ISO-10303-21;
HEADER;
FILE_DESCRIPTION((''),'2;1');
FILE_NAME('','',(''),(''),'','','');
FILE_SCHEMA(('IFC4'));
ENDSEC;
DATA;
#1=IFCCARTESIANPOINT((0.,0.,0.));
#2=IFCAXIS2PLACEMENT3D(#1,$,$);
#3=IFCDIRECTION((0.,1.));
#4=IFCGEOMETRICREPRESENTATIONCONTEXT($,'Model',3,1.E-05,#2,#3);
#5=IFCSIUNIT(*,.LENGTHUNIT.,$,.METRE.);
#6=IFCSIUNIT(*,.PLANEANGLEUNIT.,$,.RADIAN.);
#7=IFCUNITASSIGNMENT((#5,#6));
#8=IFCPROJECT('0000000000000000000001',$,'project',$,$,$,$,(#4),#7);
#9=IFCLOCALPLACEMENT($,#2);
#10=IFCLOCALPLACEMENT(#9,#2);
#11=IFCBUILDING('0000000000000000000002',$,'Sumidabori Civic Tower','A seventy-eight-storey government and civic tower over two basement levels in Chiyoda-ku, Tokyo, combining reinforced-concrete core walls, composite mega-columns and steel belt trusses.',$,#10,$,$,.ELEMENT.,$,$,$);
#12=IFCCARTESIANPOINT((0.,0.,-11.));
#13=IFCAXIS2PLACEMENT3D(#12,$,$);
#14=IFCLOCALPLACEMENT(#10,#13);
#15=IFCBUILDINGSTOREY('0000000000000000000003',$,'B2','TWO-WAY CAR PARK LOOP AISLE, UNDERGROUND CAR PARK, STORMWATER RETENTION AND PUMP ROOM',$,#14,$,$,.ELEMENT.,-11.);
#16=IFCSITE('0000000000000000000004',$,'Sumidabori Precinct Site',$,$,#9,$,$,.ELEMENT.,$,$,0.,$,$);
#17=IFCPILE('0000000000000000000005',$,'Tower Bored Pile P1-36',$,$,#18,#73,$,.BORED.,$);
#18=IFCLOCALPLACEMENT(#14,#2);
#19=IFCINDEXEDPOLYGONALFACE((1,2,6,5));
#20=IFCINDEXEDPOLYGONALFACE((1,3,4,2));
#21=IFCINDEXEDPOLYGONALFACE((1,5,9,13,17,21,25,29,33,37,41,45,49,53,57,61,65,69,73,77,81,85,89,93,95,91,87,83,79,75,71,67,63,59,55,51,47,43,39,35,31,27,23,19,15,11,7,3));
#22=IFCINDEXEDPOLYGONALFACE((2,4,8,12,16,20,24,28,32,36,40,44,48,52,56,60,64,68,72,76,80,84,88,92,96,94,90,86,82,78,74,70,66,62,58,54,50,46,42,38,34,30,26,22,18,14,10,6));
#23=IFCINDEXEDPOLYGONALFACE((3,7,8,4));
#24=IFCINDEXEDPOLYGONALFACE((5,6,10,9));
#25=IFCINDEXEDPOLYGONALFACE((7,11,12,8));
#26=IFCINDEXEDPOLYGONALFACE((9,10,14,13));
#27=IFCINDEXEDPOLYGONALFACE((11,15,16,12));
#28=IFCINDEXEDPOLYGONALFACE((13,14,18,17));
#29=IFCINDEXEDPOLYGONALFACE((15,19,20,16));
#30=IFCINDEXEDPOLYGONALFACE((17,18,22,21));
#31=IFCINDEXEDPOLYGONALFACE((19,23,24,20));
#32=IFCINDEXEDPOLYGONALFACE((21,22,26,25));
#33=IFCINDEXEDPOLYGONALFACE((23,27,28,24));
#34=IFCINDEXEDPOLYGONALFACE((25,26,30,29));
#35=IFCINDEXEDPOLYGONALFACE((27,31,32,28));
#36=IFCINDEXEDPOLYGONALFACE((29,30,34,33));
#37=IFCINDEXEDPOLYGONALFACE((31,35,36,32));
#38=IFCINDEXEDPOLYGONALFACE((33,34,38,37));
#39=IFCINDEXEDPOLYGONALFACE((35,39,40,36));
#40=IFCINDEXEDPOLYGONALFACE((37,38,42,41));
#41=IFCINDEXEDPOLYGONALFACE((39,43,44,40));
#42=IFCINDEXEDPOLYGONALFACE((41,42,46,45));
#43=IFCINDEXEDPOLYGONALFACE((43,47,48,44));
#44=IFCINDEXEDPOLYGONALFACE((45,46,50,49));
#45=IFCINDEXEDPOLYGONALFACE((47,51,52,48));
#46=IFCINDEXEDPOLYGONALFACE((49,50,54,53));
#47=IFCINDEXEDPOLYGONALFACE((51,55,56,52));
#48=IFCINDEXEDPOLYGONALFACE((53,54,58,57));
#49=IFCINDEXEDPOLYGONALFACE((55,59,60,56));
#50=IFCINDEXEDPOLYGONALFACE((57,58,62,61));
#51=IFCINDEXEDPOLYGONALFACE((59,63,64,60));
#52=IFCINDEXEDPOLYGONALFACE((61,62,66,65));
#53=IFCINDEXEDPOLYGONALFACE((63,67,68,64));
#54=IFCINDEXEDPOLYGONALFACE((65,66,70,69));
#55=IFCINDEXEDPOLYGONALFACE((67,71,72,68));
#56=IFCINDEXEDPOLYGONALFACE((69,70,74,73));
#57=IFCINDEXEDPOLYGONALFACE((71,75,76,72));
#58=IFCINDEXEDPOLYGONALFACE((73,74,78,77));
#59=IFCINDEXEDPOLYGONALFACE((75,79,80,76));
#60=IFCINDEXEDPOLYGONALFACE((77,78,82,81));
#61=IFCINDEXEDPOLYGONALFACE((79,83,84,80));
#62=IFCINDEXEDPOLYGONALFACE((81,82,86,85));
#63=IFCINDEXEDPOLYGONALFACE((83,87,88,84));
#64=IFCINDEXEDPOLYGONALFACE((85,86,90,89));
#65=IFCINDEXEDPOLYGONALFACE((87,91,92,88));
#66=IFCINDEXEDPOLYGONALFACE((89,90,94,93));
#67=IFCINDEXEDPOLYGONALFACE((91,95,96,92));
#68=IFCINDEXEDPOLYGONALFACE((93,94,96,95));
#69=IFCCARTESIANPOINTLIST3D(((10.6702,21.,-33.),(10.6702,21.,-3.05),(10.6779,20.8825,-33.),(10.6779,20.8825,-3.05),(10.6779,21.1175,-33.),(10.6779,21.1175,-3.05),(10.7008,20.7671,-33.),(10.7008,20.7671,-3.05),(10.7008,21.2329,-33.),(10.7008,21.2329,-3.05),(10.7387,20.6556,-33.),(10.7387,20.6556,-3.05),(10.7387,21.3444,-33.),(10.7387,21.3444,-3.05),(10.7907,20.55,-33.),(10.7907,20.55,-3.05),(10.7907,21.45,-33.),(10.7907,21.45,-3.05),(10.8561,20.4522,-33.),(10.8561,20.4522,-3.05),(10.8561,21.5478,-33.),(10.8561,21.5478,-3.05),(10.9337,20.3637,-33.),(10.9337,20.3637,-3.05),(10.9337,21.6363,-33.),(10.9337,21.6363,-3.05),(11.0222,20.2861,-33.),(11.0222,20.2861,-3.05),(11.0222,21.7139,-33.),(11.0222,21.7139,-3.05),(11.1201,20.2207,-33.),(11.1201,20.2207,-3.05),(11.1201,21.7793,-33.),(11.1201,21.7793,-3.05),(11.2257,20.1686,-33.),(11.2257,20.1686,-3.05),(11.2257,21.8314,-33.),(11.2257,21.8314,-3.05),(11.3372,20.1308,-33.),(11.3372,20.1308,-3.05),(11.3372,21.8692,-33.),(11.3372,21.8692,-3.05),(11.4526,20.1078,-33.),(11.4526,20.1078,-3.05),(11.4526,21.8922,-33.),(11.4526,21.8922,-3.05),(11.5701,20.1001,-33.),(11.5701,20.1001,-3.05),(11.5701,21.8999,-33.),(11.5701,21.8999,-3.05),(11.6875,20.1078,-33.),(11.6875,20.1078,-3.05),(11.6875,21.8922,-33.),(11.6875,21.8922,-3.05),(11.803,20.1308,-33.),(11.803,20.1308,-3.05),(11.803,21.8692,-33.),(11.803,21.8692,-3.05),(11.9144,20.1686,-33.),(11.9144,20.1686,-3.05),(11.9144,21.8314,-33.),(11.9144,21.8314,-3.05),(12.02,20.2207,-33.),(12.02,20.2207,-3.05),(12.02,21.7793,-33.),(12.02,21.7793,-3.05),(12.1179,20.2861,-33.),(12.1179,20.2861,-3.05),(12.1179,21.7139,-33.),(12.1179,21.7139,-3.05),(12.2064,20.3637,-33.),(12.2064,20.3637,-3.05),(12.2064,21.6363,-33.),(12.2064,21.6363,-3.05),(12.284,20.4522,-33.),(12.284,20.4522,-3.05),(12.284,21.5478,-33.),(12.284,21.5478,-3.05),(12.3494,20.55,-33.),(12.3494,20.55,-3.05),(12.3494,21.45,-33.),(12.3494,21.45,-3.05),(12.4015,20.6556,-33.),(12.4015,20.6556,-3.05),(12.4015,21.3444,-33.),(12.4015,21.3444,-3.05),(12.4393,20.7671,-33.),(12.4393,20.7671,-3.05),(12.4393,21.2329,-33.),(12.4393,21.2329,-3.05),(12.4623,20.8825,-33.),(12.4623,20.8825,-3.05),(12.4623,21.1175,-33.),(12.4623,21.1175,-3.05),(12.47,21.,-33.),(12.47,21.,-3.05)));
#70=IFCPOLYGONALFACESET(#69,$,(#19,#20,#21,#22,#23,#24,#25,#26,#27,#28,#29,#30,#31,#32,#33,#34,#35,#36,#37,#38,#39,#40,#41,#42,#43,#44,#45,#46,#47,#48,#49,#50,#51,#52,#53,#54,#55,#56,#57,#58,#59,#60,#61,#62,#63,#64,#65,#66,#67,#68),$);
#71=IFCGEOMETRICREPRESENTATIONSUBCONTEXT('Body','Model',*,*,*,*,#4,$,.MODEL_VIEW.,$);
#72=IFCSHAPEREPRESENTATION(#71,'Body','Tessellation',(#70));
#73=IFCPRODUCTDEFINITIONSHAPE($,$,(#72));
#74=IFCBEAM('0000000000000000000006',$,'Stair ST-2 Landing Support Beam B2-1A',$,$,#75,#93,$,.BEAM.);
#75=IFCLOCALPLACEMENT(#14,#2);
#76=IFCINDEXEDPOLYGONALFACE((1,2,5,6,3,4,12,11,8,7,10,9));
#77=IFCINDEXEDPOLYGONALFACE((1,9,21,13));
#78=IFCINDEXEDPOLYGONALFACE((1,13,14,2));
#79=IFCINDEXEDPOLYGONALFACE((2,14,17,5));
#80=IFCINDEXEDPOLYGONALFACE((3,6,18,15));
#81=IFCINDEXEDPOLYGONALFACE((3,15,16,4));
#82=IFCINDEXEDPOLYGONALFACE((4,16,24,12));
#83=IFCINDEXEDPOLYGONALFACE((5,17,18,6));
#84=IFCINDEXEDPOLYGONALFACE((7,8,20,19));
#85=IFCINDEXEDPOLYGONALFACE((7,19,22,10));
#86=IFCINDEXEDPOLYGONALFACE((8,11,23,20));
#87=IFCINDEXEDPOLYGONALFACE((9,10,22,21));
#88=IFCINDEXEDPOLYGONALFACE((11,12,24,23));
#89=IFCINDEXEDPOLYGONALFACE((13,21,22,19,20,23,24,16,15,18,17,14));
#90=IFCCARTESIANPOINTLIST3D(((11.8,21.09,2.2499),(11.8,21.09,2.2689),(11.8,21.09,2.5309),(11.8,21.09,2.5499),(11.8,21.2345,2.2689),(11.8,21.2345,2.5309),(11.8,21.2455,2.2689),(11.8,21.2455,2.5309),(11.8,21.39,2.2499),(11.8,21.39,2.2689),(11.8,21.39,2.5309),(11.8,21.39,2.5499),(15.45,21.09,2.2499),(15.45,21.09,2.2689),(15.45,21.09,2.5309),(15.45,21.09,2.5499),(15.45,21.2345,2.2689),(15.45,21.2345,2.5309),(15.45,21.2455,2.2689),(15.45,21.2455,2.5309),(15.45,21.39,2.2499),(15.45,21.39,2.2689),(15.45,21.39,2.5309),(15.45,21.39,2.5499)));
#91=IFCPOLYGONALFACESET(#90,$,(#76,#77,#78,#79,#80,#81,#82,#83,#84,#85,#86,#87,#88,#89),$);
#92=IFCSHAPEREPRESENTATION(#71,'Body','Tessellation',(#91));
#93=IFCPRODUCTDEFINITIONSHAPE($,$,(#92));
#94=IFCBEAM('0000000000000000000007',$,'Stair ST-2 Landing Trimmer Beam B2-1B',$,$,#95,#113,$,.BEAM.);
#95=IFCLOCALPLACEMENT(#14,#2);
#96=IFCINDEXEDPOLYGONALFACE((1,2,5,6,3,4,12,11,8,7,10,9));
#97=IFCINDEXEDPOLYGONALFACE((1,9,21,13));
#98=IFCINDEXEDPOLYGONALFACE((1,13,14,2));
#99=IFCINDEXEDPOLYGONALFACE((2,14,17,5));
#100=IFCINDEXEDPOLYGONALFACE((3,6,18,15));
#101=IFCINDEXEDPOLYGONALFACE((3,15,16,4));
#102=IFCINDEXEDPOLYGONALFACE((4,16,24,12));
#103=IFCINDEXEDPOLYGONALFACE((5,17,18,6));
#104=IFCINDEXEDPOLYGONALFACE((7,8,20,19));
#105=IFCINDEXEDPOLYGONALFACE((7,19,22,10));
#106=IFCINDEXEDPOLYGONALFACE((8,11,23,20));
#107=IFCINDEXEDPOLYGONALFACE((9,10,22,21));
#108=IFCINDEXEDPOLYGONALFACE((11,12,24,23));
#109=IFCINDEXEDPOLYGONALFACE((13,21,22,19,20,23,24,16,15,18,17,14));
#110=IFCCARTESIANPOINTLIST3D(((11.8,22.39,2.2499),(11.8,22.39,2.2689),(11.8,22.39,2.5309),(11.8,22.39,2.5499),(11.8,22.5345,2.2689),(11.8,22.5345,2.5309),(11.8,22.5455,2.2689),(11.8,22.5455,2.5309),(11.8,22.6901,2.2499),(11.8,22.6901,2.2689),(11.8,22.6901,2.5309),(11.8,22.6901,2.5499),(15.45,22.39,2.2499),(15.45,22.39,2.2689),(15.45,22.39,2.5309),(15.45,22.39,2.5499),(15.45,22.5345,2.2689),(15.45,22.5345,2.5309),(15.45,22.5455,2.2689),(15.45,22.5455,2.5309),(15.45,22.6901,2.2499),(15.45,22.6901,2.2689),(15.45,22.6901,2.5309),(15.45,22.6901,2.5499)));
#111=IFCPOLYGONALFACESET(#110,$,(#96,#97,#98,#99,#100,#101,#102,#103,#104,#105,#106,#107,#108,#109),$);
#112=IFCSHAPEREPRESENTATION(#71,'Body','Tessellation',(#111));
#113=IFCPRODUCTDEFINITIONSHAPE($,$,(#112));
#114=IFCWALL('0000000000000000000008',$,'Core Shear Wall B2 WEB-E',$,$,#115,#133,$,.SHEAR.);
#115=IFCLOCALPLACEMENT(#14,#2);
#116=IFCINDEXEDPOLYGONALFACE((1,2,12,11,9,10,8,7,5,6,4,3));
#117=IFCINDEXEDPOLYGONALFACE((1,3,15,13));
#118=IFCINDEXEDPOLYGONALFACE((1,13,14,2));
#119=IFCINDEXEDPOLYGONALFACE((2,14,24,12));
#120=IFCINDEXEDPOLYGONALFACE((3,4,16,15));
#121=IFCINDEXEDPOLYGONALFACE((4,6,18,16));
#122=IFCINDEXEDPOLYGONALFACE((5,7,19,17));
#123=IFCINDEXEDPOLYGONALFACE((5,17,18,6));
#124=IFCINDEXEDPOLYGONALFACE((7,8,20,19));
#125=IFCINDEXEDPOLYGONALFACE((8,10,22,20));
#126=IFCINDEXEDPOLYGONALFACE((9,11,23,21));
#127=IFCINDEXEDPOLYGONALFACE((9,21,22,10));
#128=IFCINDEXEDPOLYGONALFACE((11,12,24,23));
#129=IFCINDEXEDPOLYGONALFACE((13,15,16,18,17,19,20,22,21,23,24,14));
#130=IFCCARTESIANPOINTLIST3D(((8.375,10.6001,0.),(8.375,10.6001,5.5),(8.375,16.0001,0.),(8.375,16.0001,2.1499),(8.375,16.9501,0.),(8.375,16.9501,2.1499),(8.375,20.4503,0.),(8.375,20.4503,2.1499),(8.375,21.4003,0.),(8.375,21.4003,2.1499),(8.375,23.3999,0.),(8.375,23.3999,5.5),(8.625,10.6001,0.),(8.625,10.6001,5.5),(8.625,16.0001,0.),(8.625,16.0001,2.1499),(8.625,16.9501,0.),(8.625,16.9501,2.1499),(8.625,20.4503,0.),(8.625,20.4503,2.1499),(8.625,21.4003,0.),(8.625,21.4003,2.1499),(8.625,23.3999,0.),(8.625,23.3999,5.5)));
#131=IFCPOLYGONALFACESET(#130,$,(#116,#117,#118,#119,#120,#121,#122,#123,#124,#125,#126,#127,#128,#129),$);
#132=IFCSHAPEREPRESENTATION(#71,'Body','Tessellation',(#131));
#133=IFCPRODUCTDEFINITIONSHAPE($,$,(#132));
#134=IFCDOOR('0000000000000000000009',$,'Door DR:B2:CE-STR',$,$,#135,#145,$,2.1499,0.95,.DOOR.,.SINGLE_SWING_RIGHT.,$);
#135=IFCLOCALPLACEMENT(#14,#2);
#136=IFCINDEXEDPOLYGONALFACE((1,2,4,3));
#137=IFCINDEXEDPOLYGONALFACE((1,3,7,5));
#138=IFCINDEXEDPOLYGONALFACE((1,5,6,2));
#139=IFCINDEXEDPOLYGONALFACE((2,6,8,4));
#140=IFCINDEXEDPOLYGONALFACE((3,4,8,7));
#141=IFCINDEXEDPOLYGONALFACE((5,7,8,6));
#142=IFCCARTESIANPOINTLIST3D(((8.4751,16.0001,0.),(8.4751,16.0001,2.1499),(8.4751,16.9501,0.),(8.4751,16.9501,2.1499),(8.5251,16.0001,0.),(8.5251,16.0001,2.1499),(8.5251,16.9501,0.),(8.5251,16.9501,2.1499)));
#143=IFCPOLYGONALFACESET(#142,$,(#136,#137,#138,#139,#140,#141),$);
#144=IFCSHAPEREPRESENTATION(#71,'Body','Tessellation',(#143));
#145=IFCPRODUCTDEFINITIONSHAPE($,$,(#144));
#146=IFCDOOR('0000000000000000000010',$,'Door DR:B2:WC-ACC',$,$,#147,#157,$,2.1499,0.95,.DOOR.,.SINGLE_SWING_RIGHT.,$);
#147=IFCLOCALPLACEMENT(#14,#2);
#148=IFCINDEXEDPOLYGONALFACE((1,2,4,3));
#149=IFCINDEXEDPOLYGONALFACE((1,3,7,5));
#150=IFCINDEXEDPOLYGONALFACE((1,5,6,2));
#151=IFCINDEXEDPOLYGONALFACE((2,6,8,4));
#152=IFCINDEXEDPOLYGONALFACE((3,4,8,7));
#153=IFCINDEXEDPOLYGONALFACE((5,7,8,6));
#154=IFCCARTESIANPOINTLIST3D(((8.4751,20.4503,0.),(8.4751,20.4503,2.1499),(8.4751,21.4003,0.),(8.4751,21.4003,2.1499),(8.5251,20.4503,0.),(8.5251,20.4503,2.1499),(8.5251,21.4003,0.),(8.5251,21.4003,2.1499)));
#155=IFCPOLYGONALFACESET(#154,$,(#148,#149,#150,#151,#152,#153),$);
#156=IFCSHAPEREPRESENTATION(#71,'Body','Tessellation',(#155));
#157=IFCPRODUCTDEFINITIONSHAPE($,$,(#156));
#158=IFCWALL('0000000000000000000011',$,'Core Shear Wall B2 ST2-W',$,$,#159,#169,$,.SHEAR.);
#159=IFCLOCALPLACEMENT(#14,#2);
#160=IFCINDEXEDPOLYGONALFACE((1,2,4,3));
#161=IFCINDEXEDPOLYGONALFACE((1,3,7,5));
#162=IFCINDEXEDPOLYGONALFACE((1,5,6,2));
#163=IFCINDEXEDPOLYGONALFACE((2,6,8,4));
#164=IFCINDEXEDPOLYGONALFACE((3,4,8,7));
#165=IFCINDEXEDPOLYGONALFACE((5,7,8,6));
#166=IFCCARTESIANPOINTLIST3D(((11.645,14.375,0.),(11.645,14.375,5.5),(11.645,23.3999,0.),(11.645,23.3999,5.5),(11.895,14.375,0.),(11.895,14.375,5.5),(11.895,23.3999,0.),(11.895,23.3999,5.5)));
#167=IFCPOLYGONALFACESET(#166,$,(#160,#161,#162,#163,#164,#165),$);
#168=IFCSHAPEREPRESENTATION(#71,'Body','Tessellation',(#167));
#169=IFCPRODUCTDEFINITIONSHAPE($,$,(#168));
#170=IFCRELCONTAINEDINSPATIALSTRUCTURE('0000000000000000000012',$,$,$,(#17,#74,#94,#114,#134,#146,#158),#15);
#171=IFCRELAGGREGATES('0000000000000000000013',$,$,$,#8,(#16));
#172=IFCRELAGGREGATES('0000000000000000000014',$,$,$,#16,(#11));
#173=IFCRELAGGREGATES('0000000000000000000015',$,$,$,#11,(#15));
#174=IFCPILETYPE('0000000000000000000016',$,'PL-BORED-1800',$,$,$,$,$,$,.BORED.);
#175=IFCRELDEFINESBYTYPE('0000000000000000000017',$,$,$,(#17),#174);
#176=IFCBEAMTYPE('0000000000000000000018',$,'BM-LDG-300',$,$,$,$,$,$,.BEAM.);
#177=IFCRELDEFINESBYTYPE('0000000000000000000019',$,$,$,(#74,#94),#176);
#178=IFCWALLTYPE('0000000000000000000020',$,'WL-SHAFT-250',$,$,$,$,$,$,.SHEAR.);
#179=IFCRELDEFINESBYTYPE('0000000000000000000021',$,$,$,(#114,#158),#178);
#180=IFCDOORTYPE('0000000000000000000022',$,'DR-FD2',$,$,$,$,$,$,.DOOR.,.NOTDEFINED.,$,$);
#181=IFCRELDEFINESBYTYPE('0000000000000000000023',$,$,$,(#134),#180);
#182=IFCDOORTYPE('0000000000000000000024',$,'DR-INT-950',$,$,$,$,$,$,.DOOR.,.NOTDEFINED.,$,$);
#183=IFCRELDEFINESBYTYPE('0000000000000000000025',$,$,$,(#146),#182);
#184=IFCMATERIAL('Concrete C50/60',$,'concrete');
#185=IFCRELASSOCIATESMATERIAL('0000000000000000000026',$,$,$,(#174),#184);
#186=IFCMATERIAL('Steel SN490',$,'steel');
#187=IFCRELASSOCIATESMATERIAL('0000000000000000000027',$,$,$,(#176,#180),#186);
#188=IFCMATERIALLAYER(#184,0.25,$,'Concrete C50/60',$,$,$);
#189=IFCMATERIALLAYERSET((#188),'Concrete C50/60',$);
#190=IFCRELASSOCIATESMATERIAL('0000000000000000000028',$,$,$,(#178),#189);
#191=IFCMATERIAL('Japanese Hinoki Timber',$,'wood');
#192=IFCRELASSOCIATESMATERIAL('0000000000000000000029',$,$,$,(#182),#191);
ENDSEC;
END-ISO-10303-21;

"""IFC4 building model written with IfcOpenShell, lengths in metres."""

from ifc_helpers import new_model, si_unit, direction, frame, frame_2d, origin, origin_2d, place, context, subcontext, project, spatial, rectangle, circle, i_section, extrude, source, transform, mapped, material, layer, layer_set, material_profile, profile_set, type_object, element, fill, save


model = new_model("IFC4")

# Units and contexts
model_context = context("Model", 3, precision=1e-05, world=origin(), true_north=direction((0.0, 1.0)))
body_context = subcontext(model_context, "Body", "Model", "MODEL_VIEW")
ifc_project = project(units=[si_unit("LENGTHUNIT", "METRE"), si_unit("PLANEANGLEUNIT", "RADIAN")], contexts=[model_context])

# Site, building, storey
site_placement = place(None, origin())
site = spatial("IfcSite", under=ifc_project, at=site_placement, Name="Sumidabori Precinct Site", CompositionType="ELEMENT", RefElevation=0.0)
building_placement = place(site_placement, origin())
building = spatial("IfcBuilding", under=site, at=building_placement, Name="Sumidabori Civic Tower", Description="A seventy-eight-storey government and civic tower over two basement levels in Chiyoda-ku, Tokyo, combining reinforced-concrete core walls, composite mega-columns and steel belt trusses.", CompositionType="ELEMENT")
storey_placement = place(building_placement, frame((0.0, 0.0, -11.0)))
storey = spatial("IfcBuildingStorey", under=building, at=storey_placement, Name="B2", Description="TWO-WAY CAR PARK LOOP AISLE, UNDERGROUND CAR PARK, STORMWATER RETENTION AND PUMP ROOM", CompositionType="ELEMENT", Elevation=-11.0)

# Pile
ifc_material_1 = material(Name="Concrete C50/60", Category="concrete")
ifc_material_profile_1 = material_profile(ifc_material_1, circle(Radius=0.8999, at=origin_2d()), Name="BORED PILE 1800")
ifc_profile_set_1 = profile_set([ifc_material_profile_1], Name="Concrete C50/60")
pile_type = type_object("IfcPileType", Name="PL-BORED-1800", PredefinedType="BORED", material=ifc_profile_set_1)
shared_shape_1 = source(origin(), body_context, "Body", "SweptSolid", [
    extrude(circle(Radius=0.8999, at=origin_2d()), origin(), (0.0, 0.0, 1.0), 29.95),
])
for number, where, z_axis, x_axis, name in (
    (1, (11.5701, 21.0, -3.05), (0.0, 0.0, -1.0), (1.0, 0.0, 0.0), "Tower Bored Pile P1-36"),
):
    element("IfcPile", number, at=place(storey_placement, frame(where, z_axis=z_axis, x_axis=x_axis)), inside=storey, type_object=pile_type, Name=name, PredefinedType="BORED", context=body_context, shape_type="MappedRepresentation", body=[
        mapped(shared_shape_1, transform((0.0, 0.0, 0.0), x_axis=(1.0, 0.0, 0.0), y_axis=(0.0, 1.0, 0.0), z_axis=(0.0, 0.0, 1.0), scale=1.0)),
    ])

# Beams
ifc_material_2 = material(Name="Steel SN490", Category="steel")
ifc_material_profile_2 = material_profile(ifc_material_2, i_section(OverallWidth=0.3, OverallDepth=0.3, WebThickness=0.011, FlangeThickness=0.019, at=origin_2d()), Name="HE 300 B")
ifc_profile_set_2 = profile_set([ifc_material_profile_2], Name="Steel SN490")
beam_type = type_object("IfcBeamType", Name="BM-LDG-300", PredefinedType="BEAM", material=ifc_profile_set_2)
shared_shape_2 = source(origin(), body_context, "Body", "SweptSolid", [
    extrude(i_section(OverallWidth=0.3, OverallDepth=0.3, WebThickness=0.011, FlangeThickness=0.019, at=origin_2d()), origin(), (0.0, 0.0, 1.0), 3.6499),
])
for number, where, z_axis, x_axis, name in (
    (2, (11.8, 21.24, 2.3999), (1.0, 0.0, 0.0), (0.0, 1.0, 0.0), "Stair ST-2 Landing Support Beam B2-1A"),
    (3, (11.8, 22.54, 2.3999), (1.0, 0.0, 0.0), (0.0, 1.0, 0.0), "Stair ST-2 Landing Trimmer Beam B2-1B"),
):
    element("IfcBeam", number, at=place(storey_placement, frame(where, z_axis=z_axis, x_axis=x_axis)), inside=storey, type_object=beam_type, Name=name, PredefinedType="BEAM", context=body_context, shape_type="MappedRepresentation", body=[
        mapped(shared_shape_2, transform((0.0, 0.0, 0.0), x_axis=(1.0, 0.0, 0.0), y_axis=(0.0, 1.0, 0.0), z_axis=(0.0, 0.0, 1.0), scale=1.0)),
    ])

# Wall, openings, doors
ifc_layer_1 = layer(ifc_material_1, 0.25, Name="Concrete C50/60")
ifc_layer_set_1 = layer_set([ifc_layer_1], Name="Concrete C50/60")
wall_type_1 = type_object("IfcWallType", Name="WL-SHAFT-250", PredefinedType="SHEAR", material=ifc_layer_set_1)
shared_shape_3 = source(origin(), body_context, "Body", "SweptSolid", [
    extrude(rectangle(XDim=12.7998, YDim=0.25, at=frame_2d((6.3999, 0.0))), origin(), (0.0, 0.0, 1.0), 5.5),
])
wall_1_placement = place(storey_placement, frame((8.5, 10.6001, 0.0), z_axis=(0.0, 0.0, 1.0), x_axis=(0.0, 1.0, 0.0)))
wall_1 = element("IfcWall", 4, at=wall_1_placement, inside=storey, type_object=wall_type_1, Name="Core Shear Wall B2 WEB-E", PredefinedType="SHEAR", context=body_context, shape_type="MappedRepresentation", body=[
    mapped(shared_shape_3, transform((0.0, 0.0, 0.0), x_axis=(1.0, 0.0, 0.0), y_axis=(0.0, 1.0, 0.0), z_axis=(0.0, 0.0, 1.0), scale=1.0)),
])
opening_1_placement = place(wall_1_placement, frame((5.3999, 0.0, 0.0)))
opening_1 = element("IfcOpeningElement", 5, at=opening_1_placement, cuts=wall_1, PredefinedType="OPENING", context=body_context, shape_type="SweptSolid", body=[
    extrude(rectangle(XDim=0.95, YDim=2.1499, at=frame_2d((0.4751, 1.075))), frame((0.0, 0.137, 0.0), z_axis=(0.0, -1.0, 0.0), x_axis=(1.0, 0.0, 0.0)), (0.0, 0.0, 1.0), 0.2739),
])
opening_2_placement = place(wall_1_placement, frame((9.8501, 0.0, 0.0)))
opening_2 = element("IfcOpeningElement", 6, at=opening_2_placement, cuts=wall_1, PredefinedType="OPENING", context=body_context, shape_type="SweptSolid", body=[
    extrude(rectangle(XDim=0.95, YDim=2.1499, at=frame_2d((0.4751, 1.075))), frame((0.0, 0.137, 0.0), z_axis=(0.0, -1.0, 0.0), x_axis=(1.0, 0.0, 0.0)), (0.0, 0.0, 1.0), 0.2739),
])
door_type_1 = type_object("IfcDoorType", Name="DR-FD2", OperationType="NOTDEFINED", PredefinedType="DOOR", material=ifc_material_2)
shared_shape_4 = source(origin(), body_context, "Body", "SweptSolid", [
    extrude(rectangle(XDim=0.95, YDim=2.1499, at=frame_2d((0.4751, 1.075))), frame((0.0, 0.0249, 0.0), z_axis=(0.0, -1.0, 0.0), x_axis=(1.0, 0.0, 0.0)), (0.0, 0.0, 1.0), 0.05),
])
door_1_placement = place(opening_1_placement, origin())
door_1 = element("IfcDoor", 7, at=door_1_placement, inside=storey, type_object=door_type_1, Name="Door DR:B2:CE-STR", OperationType="SINGLE_SWING_RIGHT", OverallHeight=2.1499, OverallWidth=0.95, PredefinedType="DOOR", context=body_context, shape_type="MappedRepresentation", body=[
    mapped(shared_shape_4, transform((0.0, 0.0, 0.0), x_axis=(1.0, 0.0, 0.0), y_axis=(0.0, 1.0, 0.0), z_axis=(0.0, 0.0, 1.0), scale=1.0)),
])
fill(opening_1, door_1)
ifc_material_3 = material(Name="Japanese Hinoki Timber", Category="wood")
door_type_2 = type_object("IfcDoorType", Name="DR-INT-950", OperationType="NOTDEFINED", PredefinedType="DOOR", material=ifc_material_3)
shared_shape_5 = source(origin(), body_context, "Body", "SweptSolid", [
    extrude(rectangle(XDim=0.95, YDim=2.1499, at=frame_2d((0.4751, 1.075))), frame((0.0, 0.0249, 0.0), z_axis=(0.0, -1.0, 0.0), x_axis=(1.0, 0.0, 0.0)), (0.0, 0.0, 1.0), 0.05),
])
door_2_placement = place(opening_2_placement, origin())
door_2 = element("IfcDoor", 8, at=door_2_placement, inside=storey, type_object=door_type_2, Name="Door DR:B2:WC-ACC", OperationType="SINGLE_SWING_RIGHT", OverallHeight=2.1499, OverallWidth=0.95, PredefinedType="DOOR", context=body_context, shape_type="MappedRepresentation", body=[
    mapped(shared_shape_5, transform((0.0, 0.0, 0.0), x_axis=(1.0, 0.0, 0.0), y_axis=(0.0, 1.0, 0.0), z_axis=(0.0, 0.0, 1.0), scale=1.0)),
])
fill(opening_2, door_2)

# Wall
shared_shape_6 = source(origin(), body_context, "Body", "SweptSolid", [
    extrude(rectangle(XDim=9.0249, YDim=0.25, at=frame_2d((4.5125, 0.0))), origin(), (0.0, 0.0, 1.0), 5.5),
])
wall_2_placement = place(storey_placement, frame((11.77, 14.375, 0.0), z_axis=(0.0, 0.0, 1.0), x_axis=(0.0, 1.0, 0.0)))
element("IfcWall", 9, at=wall_2_placement, inside=storey, type_object=wall_type_1, Name="Core Shear Wall B2 ST2-W", PredefinedType="SHEAR", context=body_context, shape_type="MappedRepresentation", body=[
    mapped(shared_shape_6, transform((0.0, 0.0, 0.0), x_axis=(1.0, 0.0, 0.0), y_axis=(0.0, 1.0, 0.0), z_axis=(0.0, 0.0, 1.0), scale=1.0)),
])

save(model, "model.ifc")
